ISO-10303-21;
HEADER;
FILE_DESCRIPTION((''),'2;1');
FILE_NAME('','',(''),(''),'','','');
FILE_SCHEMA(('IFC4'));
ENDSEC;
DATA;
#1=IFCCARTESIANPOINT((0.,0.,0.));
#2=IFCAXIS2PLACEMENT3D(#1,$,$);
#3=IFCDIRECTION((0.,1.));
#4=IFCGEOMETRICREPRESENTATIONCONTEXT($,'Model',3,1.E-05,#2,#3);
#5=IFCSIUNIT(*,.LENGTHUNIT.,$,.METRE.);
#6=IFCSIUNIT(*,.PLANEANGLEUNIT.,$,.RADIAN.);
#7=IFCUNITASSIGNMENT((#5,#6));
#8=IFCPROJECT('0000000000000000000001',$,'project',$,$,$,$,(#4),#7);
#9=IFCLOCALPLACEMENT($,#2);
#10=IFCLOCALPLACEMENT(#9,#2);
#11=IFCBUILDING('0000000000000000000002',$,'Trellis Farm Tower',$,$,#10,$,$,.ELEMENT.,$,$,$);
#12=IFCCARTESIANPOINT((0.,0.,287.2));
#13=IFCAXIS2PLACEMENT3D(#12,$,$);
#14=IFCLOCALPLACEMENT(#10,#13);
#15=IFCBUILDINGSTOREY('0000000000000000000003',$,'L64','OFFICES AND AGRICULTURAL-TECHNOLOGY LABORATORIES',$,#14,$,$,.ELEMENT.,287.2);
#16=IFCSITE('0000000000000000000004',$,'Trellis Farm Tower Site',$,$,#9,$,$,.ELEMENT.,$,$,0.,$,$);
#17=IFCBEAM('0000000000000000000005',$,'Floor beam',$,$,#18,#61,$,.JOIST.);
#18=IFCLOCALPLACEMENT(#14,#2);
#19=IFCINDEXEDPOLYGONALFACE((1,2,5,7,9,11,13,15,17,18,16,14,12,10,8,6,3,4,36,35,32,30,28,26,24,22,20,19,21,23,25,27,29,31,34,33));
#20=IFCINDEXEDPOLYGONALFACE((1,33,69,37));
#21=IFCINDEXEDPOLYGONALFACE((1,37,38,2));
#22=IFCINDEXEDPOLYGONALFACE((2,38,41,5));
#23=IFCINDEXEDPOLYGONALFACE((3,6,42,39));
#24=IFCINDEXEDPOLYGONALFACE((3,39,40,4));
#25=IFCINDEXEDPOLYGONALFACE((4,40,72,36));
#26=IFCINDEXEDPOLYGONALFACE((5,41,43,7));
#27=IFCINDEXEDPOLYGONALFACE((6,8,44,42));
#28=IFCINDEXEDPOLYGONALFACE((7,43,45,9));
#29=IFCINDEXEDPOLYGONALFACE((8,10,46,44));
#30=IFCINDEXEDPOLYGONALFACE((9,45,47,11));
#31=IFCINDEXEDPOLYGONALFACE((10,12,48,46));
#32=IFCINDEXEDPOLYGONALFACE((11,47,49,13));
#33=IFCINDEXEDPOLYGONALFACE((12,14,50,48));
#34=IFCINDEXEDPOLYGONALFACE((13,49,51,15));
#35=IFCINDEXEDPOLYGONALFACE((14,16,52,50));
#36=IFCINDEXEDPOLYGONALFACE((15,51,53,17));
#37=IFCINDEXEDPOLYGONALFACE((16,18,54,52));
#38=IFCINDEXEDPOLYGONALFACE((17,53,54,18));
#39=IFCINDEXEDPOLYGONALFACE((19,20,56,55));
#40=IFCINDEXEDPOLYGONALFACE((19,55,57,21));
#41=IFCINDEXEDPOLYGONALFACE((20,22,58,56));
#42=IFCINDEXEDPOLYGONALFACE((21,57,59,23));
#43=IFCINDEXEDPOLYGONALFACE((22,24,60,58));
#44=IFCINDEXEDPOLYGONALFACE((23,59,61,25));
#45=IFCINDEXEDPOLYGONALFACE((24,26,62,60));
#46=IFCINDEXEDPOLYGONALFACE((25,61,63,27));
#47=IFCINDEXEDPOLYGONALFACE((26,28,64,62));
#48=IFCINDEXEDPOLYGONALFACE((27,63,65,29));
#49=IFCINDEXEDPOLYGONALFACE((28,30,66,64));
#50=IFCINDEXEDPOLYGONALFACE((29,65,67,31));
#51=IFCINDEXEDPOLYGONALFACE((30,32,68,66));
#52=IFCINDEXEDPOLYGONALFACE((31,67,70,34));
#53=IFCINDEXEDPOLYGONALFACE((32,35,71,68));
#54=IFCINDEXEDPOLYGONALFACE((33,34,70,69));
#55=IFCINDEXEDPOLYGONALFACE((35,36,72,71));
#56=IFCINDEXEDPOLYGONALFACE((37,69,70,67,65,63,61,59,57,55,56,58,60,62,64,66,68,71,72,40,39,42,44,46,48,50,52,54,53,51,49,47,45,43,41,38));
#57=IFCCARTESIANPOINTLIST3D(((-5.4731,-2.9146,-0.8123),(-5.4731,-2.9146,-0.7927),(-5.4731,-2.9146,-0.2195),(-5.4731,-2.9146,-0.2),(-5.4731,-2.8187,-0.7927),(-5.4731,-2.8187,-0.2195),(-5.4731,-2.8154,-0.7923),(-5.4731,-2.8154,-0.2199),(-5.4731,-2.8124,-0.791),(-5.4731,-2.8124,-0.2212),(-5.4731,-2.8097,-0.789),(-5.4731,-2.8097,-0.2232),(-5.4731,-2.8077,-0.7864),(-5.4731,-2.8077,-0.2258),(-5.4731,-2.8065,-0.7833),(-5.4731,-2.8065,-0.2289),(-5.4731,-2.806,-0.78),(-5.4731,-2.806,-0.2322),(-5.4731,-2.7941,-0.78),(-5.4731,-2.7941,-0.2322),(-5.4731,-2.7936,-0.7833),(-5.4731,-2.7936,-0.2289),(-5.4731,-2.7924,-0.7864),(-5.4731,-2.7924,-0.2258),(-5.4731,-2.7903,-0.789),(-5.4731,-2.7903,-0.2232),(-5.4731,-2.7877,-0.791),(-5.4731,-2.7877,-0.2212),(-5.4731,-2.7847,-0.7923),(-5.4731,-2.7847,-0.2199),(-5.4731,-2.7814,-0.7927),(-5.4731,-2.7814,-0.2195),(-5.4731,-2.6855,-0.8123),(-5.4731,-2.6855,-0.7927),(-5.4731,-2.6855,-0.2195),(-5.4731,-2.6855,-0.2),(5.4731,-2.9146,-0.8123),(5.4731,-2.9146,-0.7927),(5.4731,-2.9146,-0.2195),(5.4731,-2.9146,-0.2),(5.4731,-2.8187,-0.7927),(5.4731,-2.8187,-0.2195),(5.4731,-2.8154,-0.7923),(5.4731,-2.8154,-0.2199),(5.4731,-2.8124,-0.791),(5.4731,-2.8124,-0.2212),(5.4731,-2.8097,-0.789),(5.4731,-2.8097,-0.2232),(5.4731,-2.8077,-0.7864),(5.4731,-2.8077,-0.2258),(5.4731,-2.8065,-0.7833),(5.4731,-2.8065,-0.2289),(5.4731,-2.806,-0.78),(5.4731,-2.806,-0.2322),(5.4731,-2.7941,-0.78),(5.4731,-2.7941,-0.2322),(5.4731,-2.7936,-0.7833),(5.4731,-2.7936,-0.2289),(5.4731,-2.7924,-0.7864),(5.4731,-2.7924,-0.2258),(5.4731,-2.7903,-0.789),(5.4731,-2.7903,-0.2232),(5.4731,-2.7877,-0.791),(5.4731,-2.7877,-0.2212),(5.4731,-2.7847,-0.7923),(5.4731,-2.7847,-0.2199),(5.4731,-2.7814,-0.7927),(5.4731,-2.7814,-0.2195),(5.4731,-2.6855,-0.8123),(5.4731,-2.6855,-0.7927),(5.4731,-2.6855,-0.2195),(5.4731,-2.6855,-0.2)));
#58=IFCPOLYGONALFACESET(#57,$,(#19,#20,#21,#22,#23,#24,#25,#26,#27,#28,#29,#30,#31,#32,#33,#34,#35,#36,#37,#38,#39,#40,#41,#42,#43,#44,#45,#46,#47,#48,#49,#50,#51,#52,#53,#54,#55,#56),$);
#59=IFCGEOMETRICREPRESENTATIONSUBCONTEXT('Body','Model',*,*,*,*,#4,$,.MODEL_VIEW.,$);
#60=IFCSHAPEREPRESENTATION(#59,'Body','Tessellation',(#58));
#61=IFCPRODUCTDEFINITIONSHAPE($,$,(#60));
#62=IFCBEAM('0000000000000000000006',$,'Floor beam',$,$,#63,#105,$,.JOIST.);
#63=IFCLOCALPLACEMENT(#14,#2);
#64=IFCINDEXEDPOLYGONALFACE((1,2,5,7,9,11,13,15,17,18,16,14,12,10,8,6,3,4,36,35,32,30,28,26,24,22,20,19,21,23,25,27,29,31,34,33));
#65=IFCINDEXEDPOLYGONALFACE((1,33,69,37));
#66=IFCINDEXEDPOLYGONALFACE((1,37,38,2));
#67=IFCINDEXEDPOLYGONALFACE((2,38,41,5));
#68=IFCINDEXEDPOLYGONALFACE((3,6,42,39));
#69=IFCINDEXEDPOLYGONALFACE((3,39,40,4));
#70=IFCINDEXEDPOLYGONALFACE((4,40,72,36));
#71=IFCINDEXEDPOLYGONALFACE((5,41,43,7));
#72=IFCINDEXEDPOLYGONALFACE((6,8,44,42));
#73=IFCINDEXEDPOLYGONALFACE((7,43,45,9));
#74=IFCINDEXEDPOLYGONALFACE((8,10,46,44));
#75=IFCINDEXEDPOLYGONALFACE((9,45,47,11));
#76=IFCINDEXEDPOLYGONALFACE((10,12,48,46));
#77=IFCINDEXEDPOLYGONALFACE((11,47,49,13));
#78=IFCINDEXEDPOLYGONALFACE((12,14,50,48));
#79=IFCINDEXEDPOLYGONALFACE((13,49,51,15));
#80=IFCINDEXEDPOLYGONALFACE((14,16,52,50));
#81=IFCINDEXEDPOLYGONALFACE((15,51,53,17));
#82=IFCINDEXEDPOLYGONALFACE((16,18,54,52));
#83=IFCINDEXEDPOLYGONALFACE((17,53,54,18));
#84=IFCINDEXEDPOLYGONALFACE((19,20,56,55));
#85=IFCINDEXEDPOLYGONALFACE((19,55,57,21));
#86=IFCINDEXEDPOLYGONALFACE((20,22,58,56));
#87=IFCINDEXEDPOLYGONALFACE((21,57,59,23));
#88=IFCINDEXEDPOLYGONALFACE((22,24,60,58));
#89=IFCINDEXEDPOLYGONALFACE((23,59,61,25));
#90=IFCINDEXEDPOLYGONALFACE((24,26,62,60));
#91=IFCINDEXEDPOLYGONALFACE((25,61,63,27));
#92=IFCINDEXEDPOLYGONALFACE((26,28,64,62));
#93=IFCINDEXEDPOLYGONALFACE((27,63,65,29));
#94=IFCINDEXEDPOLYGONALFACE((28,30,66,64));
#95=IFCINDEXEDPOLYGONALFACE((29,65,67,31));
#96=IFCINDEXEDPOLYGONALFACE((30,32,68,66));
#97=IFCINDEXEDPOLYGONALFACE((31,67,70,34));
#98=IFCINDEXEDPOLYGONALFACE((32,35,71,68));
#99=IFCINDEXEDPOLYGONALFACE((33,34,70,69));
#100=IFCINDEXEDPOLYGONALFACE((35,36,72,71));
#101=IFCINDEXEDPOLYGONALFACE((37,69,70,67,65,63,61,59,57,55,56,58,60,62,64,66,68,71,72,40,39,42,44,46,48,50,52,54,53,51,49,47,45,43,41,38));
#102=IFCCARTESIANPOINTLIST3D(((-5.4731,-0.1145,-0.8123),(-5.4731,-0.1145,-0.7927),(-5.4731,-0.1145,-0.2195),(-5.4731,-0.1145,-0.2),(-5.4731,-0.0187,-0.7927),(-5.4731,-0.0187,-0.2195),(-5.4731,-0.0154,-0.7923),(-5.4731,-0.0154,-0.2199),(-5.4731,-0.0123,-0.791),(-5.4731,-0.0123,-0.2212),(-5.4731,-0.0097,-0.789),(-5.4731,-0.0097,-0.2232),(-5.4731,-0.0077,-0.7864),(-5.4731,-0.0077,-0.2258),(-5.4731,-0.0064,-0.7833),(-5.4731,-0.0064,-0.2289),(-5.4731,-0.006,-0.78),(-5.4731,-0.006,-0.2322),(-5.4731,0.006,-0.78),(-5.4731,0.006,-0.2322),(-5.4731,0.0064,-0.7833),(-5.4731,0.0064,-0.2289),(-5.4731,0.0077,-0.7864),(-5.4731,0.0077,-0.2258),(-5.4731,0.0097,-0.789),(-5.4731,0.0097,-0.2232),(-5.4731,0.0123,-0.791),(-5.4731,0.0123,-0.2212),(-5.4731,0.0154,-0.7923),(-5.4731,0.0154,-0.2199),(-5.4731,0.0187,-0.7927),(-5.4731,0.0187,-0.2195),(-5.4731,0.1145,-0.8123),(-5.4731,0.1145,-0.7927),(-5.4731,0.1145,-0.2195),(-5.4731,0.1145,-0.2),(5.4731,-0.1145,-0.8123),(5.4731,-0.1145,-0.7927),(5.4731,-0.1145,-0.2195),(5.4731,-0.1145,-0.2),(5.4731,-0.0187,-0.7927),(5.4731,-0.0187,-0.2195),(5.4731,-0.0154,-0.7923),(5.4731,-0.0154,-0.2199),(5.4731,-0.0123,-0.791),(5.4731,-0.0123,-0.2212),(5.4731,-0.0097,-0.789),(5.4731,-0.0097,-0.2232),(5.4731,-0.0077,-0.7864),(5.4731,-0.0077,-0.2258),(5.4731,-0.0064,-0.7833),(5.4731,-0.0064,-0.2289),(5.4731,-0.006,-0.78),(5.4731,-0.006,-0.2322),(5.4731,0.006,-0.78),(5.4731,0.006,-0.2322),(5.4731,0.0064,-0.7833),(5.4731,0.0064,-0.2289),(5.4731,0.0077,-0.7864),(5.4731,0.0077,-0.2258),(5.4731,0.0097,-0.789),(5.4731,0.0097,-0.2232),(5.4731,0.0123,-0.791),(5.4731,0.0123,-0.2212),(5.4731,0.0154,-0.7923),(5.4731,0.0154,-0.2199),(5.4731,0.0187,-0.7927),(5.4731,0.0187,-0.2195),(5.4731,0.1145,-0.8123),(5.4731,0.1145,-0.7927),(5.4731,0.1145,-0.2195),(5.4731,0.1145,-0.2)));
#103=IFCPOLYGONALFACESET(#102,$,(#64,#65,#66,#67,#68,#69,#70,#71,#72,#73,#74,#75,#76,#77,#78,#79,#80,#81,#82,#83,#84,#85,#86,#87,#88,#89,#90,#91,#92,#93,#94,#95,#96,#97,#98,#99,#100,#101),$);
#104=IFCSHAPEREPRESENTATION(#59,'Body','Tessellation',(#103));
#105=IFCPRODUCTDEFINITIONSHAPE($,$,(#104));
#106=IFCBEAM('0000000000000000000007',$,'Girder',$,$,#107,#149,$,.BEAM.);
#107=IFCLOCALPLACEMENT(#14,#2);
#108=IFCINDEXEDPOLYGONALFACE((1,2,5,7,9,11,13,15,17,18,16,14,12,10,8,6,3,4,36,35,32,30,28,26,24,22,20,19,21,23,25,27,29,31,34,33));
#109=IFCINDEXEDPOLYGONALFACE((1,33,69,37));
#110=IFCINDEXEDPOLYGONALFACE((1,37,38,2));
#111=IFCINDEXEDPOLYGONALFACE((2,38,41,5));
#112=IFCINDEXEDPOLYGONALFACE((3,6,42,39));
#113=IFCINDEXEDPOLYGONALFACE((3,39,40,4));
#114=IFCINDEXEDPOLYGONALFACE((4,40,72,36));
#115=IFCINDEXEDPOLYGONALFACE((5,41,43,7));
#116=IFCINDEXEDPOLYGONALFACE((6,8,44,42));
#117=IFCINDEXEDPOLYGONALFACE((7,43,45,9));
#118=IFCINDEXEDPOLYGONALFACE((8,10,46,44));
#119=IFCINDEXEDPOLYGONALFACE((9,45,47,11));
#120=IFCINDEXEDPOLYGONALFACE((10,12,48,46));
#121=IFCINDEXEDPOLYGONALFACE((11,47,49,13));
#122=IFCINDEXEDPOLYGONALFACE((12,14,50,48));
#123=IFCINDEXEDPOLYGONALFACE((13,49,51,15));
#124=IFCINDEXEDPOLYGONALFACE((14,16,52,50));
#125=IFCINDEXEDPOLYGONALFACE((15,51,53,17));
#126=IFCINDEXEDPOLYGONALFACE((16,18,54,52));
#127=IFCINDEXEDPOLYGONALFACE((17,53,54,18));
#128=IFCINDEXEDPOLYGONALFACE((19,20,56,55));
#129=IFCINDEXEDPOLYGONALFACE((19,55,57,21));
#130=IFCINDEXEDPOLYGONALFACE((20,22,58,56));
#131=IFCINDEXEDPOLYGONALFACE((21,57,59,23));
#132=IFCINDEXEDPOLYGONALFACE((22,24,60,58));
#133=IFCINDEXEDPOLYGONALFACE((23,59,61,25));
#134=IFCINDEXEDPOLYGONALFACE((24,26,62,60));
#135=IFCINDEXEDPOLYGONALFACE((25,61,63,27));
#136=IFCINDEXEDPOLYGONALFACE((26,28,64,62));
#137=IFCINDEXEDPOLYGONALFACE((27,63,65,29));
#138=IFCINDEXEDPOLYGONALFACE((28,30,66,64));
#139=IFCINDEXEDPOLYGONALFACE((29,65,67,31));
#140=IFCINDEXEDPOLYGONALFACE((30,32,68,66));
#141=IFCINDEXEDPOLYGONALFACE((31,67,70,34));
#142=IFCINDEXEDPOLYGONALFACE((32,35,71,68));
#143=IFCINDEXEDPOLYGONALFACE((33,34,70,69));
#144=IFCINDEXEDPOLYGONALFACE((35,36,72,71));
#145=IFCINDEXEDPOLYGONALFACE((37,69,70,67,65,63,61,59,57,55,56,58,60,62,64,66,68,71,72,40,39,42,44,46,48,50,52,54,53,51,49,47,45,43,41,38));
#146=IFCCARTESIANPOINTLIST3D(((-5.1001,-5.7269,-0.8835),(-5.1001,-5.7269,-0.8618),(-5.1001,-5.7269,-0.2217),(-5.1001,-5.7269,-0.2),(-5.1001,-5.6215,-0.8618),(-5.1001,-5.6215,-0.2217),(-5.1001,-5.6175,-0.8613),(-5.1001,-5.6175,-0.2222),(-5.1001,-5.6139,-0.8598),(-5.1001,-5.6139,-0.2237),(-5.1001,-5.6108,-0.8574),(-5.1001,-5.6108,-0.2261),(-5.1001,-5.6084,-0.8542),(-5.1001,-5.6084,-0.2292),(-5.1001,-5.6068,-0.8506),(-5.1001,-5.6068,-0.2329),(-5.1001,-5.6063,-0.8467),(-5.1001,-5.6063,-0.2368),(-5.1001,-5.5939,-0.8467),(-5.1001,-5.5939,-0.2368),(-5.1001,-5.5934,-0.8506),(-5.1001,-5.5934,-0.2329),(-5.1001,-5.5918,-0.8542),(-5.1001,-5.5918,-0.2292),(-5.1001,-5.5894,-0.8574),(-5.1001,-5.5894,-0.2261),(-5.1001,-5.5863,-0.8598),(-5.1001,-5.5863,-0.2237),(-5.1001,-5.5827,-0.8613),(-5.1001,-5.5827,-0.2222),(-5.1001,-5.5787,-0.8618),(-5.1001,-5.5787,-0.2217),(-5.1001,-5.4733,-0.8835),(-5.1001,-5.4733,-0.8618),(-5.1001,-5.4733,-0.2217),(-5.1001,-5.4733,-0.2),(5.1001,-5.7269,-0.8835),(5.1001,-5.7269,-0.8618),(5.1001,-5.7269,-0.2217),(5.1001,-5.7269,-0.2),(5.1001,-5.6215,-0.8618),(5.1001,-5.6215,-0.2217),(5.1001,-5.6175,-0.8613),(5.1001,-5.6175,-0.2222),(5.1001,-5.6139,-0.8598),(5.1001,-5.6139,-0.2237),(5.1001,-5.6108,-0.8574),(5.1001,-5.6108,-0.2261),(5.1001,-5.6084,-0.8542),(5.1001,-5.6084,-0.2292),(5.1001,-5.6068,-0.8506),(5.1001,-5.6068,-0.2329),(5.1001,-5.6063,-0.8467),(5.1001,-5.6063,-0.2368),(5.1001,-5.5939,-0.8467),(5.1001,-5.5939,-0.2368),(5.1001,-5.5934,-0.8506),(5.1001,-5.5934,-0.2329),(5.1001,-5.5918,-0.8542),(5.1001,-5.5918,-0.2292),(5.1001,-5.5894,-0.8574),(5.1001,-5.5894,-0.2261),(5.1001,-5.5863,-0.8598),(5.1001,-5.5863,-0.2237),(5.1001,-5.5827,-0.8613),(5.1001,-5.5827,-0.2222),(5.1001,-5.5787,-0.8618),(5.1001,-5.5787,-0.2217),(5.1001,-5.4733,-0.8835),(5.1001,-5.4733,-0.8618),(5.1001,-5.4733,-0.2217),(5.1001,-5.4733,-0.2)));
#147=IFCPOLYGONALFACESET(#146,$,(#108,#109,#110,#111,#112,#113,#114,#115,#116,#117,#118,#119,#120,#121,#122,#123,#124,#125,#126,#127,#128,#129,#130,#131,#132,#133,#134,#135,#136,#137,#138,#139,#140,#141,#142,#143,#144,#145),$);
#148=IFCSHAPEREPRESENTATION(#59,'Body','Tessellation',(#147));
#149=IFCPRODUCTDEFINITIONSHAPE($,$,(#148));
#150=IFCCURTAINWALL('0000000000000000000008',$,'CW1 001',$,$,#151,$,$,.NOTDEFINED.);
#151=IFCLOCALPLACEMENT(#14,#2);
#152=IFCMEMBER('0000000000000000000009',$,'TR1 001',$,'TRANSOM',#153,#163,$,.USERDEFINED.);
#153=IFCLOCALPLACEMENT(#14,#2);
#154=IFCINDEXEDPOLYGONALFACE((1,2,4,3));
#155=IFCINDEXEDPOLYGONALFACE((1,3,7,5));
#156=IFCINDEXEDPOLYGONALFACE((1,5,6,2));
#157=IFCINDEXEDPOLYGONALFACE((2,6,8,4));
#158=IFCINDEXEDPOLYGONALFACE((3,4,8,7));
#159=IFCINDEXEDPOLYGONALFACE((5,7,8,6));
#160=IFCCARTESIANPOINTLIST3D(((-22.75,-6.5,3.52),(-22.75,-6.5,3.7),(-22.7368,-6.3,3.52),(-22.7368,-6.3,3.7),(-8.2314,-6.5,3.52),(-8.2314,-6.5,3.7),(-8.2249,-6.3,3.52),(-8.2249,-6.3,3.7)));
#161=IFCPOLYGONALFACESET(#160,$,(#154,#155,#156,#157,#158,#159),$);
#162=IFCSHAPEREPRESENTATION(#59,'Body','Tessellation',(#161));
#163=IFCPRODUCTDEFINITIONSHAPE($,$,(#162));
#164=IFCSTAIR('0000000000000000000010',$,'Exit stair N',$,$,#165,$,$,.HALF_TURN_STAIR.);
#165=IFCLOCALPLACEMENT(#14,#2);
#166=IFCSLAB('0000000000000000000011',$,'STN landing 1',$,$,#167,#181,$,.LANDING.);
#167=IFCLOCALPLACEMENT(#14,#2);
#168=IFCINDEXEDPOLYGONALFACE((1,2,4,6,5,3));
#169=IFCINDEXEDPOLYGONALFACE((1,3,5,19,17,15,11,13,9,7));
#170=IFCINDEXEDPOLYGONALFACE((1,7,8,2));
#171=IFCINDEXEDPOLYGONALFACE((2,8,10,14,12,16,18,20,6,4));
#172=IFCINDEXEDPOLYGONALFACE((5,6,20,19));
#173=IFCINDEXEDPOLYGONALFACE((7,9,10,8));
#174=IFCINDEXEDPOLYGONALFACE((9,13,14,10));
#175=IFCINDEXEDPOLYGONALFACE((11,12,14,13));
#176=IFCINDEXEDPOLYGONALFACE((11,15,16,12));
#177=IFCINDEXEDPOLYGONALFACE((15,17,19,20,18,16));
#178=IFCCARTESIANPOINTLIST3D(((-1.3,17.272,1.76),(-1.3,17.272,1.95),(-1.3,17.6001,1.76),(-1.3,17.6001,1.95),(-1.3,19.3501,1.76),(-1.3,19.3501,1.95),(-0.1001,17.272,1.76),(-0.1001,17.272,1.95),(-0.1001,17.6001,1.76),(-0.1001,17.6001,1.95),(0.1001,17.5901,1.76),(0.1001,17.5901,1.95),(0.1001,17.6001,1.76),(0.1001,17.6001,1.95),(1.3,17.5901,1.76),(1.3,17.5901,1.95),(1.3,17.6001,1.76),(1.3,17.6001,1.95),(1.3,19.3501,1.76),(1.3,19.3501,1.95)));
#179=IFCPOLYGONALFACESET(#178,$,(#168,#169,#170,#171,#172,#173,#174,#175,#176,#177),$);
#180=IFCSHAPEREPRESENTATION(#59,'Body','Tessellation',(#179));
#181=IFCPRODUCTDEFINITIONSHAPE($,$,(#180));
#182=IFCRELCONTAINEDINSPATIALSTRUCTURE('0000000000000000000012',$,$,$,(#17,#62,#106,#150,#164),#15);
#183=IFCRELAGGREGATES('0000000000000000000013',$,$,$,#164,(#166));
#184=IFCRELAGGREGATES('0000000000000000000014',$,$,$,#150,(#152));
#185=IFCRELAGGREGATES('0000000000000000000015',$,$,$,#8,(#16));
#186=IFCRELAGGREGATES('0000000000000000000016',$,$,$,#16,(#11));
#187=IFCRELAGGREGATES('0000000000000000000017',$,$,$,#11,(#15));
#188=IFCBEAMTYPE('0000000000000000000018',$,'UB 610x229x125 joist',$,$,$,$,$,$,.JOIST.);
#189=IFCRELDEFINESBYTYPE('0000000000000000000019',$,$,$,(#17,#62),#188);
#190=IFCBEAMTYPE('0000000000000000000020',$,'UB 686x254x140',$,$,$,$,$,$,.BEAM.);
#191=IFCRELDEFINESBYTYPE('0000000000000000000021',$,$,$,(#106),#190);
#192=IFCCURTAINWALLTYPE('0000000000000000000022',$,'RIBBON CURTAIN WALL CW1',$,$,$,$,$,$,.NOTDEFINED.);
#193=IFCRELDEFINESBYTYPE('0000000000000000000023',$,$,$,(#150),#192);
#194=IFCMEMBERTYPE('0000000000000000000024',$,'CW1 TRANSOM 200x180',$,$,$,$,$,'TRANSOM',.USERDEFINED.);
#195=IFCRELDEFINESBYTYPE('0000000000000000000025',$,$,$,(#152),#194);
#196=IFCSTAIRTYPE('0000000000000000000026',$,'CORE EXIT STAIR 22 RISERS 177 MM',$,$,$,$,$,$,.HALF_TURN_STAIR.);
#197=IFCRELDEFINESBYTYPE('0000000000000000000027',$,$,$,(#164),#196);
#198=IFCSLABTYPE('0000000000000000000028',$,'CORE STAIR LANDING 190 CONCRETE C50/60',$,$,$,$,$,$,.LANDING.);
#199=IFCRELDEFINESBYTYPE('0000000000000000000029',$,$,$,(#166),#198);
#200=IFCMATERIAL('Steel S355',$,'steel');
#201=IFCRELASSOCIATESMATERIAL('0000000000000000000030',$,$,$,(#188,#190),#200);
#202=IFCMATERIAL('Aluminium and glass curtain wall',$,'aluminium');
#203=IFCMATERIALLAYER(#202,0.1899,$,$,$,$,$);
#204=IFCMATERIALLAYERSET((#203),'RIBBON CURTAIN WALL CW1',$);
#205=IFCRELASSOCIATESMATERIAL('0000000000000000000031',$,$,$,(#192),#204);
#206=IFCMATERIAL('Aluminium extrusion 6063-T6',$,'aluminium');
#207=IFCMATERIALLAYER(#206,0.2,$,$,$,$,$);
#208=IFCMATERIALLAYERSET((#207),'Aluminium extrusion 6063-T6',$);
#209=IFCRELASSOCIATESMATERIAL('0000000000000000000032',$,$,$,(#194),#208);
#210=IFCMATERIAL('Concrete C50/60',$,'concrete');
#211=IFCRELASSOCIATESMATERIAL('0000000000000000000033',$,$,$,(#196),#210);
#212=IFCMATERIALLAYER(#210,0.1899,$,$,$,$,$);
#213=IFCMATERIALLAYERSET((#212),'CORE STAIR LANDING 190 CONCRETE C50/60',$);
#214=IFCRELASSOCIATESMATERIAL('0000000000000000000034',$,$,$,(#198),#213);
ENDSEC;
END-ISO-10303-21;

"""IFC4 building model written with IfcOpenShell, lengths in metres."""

from ifc_helpers import new_model, si_unit, direction, frame, origin, origin_2d, place, context, subcontext, project, spatial, polyline, i_section, outline, extrude, source, transform, mapped, material, layer, layer_set, material_profile, profile_set, type_object, element, aggregate, save


model = new_model("IFC4")

# Units and contexts
model_context = context("Model", 3, precision=1e-05, world=origin(), true_north=direction((0.0, 1.0)))
body_context = subcontext(model_context, "Body", "Model", "MODEL_VIEW")
ifc_project = project(units=[si_unit("LENGTHUNIT", "METRE"), si_unit("PLANEANGLEUNIT", "RADIAN")], contexts=[model_context])

# Site, building, storey
site_placement = place(None, origin())
site = spatial("IfcSite", under=ifc_project, at=site_placement, Name="Trellis Farm Tower Site", CompositionType="ELEMENT", RefElevation=0.0)
building_placement = place(site_placement, origin())
building = spatial("IfcBuilding", under=site, at=building_placement, Name="Trellis Farm Tower", CompositionType="ELEMENT")
storey_placement = place(building_placement, frame((0.0, 0.0, 287.2)))
storey = spatial("IfcBuildingStorey", under=building, at=storey_placement, Name="L64", Description="OFFICES AND AGRICULTURAL-TECHNOLOGY LABORATORIES", CompositionType="ELEMENT", Elevation=287.2)

# Beams
ifc_material_1 = material(Name="Steel S355", Category="steel")
ifc_material_profile_1 = material_profile(ifc_material_1, i_section(OverallWidth=0.229, OverallDepth=0.6123, WebThickness=0.012, FlangeThickness=0.0195, FilletRadius=0.0127, at=origin_2d()), Name="UB 610x229x125")
ifc_profile_set_1 = profile_set([ifc_material_profile_1], Name="Steel S355")
beam_type_1 = type_object("IfcBeamType", Name="UB 610x229x125 joist", PredefinedType="JOIST", material=ifc_profile_set_1)
shared_shape_1 = source(origin(), body_context, "Body", "SweptSolid", [
    extrude(i_section(OverallWidth=0.229, OverallDepth=0.6123, WebThickness=0.012, FlangeThickness=0.0195, FilletRadius=0.0127, at=origin_2d()), origin(), (0.0, 0.0, 1.0), 10.9463),
])
for number, where, z_axis, x_axis, name in (
    (1, (-5.4731, -2.8, -0.5061), (1.0, 0.0, 0.0), (0.0, 1.0, 0.0), "Floor beam"),
    (2, (-5.4731, 0.0, -0.5061), (1.0, 0.0, 0.0), (0.0, 1.0, 0.0), "Floor beam"),
):
    element("IfcBeam", number, at=place(storey_placement, frame(where, z_axis=z_axis, x_axis=x_axis)), inside=storey, type_object=beam_type_1, Name=name, PredefinedType="JOIST", context=body_context, shape_type="MappedRepresentation", body=[
        mapped(shared_shape_1, transform((0.0, 0.0, 0.0))),
    ])
ifc_material_profile_2 = material_profile(ifc_material_1, i_section(OverallWidth=0.2537, OverallDepth=0.6836, WebThickness=0.0125, FlangeThickness=0.0217, FilletRadius=0.0151, at=origin_2d()), Name="UB 686x254x140")
ifc_profile_set_2 = profile_set([ifc_material_profile_2], Name="Steel S355")
beam_type_2 = type_object("IfcBeamType", Name="UB 686x254x140", PredefinedType="BEAM", material=ifc_profile_set_2)
shared_shape_2 = source(origin(), body_context, "Body", "SweptSolid", [
    extrude(i_section(OverallWidth=0.2537, OverallDepth=0.6836, WebThickness=0.0125, FlangeThickness=0.0217, FilletRadius=0.0151, at=origin_2d()), origin(), (0.0, 0.0, 1.0), 10.2002),
])
beam_placement = place(storey_placement, frame((-5.1001, -5.6001, -0.5417), z_axis=(1.0, 0.0, 0.0), x_axis=(0.0, 1.0, 0.0)))
element("IfcBeam", 3, at=beam_placement, inside=storey, type_object=beam_type_2, Name="Girder", PredefinedType="BEAM", context=body_context, shape_type="MappedRepresentation", body=[
    mapped(shared_shape_2, transform((0.0, 0.0, 0.0))),
])

# Curtain wall, member
ifc_material_2 = material(Name="Aluminium and glass curtain wall", Category="aluminium")
ifc_layer_1 = layer(ifc_material_2, 0.1899)
ifc_layer_set_1 = layer_set([ifc_layer_1], Name="RIBBON CURTAIN WALL CW1")
curtain_wall_type = type_object("IfcCurtainWallType", Name="RIBBON CURTAIN WALL CW1", PredefinedType="NOTDEFINED", material=ifc_layer_set_1)
placement_1 = place(storey_placement, origin())
curtain_wall = element("IfcCurtainWall", 4, at=placement_1, inside=storey, type_object=curtain_wall_type, Name="CW1 001", PredefinedType="NOTDEFINED")
ifc_material_3 = material(Name="Aluminium extrusion 6063-T6", Category="aluminium")
ifc_layer_2 = layer(ifc_material_3, 0.2)
ifc_layer_set_2 = layer_set([ifc_layer_2], Name="Aluminium extrusion 6063-T6")
member_type = type_object("IfcMemberType", Name="CW1 TRANSOM 200x180", ElementType="TRANSOM", PredefinedType="USERDEFINED", material=ifc_layer_set_2)
shared_shape_3 = source(origin(), body_context, "Body", "SweptSolid", [
    extrude(outline(polyline([(-22.75, -6.5), (-8.2314, -6.5), (-8.2249, -6.3), (-22.7368, -6.3), (-22.75, -6.5)])), origin(), (0.0, 0.0, 1.0), 0.1799),
])
member_placement = place(storey_placement, frame((0.0, 0.0, 3.52)))
member = element("IfcMember", 5, at=member_placement, type_object=member_type, Name="TR1 001", ObjectType="TRANSOM", PredefinedType="USERDEFINED", context=body_context, shape_type="MappedRepresentation", body=[
    mapped(shared_shape_3, transform((0.0, 0.0, 0.0))),
])

# Stair, slab
ifc_material_4 = material(Name="Concrete C50/60", Category="concrete")
stair_type = type_object("IfcStairType", Name="CORE EXIT STAIR 22 RISERS 177 MM", PredefinedType="HALF_TURN_STAIR", material=ifc_material_4)
stair_1 = element("IfcStair", 6, at=placement_1, inside=storey, type_object=stair_type, Name="Exit stair N", PredefinedType="HALF_TURN_STAIR")
ifc_layer_3 = layer(ifc_material_4, 0.1899)
ifc_layer_set_3 = layer_set([ifc_layer_3], Name="CORE STAIR LANDING 190 CONCRETE C50/60")
slab_type_1 = type_object("IfcSlabType", Name="CORE STAIR LANDING 190 CONCRETE C50/60", PredefinedType="LANDING", material=ifc_layer_set_3)
shared_shape_4 = source(origin(), body_context, "Body", "SweptSolid", [
    extrude(outline(polyline([(-0.1001, 17.272), (-1.3, 17.272), (-1.3, 17.6001), (-1.3, 19.3501), (1.3, 19.3501), (1.3, 17.6001), (1.3, 17.5901), (0.1001, 17.5901), (0.1001, 17.6001), (-0.1001, 17.6001), (-0.1001, 17.272)])), origin(), (0.0, 0.0, 1.0), 0.1899),
])
placement_2 = place(storey_placement, frame((0.0, 0.0, 1.76)))
slab_1 = element("IfcSlab", 7, at=placement_2, type_object=slab_type_1, Name="STN landing 1", PredefinedType="LANDING", context=body_context, shape_type="MappedRepresentation", body=[
    mapped(shared_shape_4, transform((0.0, 0.0, 0.0))),
])
aggregate(stair_1, [slab_1])

aggregate(curtain_wall, [member])

save(model, "model.ifc")
